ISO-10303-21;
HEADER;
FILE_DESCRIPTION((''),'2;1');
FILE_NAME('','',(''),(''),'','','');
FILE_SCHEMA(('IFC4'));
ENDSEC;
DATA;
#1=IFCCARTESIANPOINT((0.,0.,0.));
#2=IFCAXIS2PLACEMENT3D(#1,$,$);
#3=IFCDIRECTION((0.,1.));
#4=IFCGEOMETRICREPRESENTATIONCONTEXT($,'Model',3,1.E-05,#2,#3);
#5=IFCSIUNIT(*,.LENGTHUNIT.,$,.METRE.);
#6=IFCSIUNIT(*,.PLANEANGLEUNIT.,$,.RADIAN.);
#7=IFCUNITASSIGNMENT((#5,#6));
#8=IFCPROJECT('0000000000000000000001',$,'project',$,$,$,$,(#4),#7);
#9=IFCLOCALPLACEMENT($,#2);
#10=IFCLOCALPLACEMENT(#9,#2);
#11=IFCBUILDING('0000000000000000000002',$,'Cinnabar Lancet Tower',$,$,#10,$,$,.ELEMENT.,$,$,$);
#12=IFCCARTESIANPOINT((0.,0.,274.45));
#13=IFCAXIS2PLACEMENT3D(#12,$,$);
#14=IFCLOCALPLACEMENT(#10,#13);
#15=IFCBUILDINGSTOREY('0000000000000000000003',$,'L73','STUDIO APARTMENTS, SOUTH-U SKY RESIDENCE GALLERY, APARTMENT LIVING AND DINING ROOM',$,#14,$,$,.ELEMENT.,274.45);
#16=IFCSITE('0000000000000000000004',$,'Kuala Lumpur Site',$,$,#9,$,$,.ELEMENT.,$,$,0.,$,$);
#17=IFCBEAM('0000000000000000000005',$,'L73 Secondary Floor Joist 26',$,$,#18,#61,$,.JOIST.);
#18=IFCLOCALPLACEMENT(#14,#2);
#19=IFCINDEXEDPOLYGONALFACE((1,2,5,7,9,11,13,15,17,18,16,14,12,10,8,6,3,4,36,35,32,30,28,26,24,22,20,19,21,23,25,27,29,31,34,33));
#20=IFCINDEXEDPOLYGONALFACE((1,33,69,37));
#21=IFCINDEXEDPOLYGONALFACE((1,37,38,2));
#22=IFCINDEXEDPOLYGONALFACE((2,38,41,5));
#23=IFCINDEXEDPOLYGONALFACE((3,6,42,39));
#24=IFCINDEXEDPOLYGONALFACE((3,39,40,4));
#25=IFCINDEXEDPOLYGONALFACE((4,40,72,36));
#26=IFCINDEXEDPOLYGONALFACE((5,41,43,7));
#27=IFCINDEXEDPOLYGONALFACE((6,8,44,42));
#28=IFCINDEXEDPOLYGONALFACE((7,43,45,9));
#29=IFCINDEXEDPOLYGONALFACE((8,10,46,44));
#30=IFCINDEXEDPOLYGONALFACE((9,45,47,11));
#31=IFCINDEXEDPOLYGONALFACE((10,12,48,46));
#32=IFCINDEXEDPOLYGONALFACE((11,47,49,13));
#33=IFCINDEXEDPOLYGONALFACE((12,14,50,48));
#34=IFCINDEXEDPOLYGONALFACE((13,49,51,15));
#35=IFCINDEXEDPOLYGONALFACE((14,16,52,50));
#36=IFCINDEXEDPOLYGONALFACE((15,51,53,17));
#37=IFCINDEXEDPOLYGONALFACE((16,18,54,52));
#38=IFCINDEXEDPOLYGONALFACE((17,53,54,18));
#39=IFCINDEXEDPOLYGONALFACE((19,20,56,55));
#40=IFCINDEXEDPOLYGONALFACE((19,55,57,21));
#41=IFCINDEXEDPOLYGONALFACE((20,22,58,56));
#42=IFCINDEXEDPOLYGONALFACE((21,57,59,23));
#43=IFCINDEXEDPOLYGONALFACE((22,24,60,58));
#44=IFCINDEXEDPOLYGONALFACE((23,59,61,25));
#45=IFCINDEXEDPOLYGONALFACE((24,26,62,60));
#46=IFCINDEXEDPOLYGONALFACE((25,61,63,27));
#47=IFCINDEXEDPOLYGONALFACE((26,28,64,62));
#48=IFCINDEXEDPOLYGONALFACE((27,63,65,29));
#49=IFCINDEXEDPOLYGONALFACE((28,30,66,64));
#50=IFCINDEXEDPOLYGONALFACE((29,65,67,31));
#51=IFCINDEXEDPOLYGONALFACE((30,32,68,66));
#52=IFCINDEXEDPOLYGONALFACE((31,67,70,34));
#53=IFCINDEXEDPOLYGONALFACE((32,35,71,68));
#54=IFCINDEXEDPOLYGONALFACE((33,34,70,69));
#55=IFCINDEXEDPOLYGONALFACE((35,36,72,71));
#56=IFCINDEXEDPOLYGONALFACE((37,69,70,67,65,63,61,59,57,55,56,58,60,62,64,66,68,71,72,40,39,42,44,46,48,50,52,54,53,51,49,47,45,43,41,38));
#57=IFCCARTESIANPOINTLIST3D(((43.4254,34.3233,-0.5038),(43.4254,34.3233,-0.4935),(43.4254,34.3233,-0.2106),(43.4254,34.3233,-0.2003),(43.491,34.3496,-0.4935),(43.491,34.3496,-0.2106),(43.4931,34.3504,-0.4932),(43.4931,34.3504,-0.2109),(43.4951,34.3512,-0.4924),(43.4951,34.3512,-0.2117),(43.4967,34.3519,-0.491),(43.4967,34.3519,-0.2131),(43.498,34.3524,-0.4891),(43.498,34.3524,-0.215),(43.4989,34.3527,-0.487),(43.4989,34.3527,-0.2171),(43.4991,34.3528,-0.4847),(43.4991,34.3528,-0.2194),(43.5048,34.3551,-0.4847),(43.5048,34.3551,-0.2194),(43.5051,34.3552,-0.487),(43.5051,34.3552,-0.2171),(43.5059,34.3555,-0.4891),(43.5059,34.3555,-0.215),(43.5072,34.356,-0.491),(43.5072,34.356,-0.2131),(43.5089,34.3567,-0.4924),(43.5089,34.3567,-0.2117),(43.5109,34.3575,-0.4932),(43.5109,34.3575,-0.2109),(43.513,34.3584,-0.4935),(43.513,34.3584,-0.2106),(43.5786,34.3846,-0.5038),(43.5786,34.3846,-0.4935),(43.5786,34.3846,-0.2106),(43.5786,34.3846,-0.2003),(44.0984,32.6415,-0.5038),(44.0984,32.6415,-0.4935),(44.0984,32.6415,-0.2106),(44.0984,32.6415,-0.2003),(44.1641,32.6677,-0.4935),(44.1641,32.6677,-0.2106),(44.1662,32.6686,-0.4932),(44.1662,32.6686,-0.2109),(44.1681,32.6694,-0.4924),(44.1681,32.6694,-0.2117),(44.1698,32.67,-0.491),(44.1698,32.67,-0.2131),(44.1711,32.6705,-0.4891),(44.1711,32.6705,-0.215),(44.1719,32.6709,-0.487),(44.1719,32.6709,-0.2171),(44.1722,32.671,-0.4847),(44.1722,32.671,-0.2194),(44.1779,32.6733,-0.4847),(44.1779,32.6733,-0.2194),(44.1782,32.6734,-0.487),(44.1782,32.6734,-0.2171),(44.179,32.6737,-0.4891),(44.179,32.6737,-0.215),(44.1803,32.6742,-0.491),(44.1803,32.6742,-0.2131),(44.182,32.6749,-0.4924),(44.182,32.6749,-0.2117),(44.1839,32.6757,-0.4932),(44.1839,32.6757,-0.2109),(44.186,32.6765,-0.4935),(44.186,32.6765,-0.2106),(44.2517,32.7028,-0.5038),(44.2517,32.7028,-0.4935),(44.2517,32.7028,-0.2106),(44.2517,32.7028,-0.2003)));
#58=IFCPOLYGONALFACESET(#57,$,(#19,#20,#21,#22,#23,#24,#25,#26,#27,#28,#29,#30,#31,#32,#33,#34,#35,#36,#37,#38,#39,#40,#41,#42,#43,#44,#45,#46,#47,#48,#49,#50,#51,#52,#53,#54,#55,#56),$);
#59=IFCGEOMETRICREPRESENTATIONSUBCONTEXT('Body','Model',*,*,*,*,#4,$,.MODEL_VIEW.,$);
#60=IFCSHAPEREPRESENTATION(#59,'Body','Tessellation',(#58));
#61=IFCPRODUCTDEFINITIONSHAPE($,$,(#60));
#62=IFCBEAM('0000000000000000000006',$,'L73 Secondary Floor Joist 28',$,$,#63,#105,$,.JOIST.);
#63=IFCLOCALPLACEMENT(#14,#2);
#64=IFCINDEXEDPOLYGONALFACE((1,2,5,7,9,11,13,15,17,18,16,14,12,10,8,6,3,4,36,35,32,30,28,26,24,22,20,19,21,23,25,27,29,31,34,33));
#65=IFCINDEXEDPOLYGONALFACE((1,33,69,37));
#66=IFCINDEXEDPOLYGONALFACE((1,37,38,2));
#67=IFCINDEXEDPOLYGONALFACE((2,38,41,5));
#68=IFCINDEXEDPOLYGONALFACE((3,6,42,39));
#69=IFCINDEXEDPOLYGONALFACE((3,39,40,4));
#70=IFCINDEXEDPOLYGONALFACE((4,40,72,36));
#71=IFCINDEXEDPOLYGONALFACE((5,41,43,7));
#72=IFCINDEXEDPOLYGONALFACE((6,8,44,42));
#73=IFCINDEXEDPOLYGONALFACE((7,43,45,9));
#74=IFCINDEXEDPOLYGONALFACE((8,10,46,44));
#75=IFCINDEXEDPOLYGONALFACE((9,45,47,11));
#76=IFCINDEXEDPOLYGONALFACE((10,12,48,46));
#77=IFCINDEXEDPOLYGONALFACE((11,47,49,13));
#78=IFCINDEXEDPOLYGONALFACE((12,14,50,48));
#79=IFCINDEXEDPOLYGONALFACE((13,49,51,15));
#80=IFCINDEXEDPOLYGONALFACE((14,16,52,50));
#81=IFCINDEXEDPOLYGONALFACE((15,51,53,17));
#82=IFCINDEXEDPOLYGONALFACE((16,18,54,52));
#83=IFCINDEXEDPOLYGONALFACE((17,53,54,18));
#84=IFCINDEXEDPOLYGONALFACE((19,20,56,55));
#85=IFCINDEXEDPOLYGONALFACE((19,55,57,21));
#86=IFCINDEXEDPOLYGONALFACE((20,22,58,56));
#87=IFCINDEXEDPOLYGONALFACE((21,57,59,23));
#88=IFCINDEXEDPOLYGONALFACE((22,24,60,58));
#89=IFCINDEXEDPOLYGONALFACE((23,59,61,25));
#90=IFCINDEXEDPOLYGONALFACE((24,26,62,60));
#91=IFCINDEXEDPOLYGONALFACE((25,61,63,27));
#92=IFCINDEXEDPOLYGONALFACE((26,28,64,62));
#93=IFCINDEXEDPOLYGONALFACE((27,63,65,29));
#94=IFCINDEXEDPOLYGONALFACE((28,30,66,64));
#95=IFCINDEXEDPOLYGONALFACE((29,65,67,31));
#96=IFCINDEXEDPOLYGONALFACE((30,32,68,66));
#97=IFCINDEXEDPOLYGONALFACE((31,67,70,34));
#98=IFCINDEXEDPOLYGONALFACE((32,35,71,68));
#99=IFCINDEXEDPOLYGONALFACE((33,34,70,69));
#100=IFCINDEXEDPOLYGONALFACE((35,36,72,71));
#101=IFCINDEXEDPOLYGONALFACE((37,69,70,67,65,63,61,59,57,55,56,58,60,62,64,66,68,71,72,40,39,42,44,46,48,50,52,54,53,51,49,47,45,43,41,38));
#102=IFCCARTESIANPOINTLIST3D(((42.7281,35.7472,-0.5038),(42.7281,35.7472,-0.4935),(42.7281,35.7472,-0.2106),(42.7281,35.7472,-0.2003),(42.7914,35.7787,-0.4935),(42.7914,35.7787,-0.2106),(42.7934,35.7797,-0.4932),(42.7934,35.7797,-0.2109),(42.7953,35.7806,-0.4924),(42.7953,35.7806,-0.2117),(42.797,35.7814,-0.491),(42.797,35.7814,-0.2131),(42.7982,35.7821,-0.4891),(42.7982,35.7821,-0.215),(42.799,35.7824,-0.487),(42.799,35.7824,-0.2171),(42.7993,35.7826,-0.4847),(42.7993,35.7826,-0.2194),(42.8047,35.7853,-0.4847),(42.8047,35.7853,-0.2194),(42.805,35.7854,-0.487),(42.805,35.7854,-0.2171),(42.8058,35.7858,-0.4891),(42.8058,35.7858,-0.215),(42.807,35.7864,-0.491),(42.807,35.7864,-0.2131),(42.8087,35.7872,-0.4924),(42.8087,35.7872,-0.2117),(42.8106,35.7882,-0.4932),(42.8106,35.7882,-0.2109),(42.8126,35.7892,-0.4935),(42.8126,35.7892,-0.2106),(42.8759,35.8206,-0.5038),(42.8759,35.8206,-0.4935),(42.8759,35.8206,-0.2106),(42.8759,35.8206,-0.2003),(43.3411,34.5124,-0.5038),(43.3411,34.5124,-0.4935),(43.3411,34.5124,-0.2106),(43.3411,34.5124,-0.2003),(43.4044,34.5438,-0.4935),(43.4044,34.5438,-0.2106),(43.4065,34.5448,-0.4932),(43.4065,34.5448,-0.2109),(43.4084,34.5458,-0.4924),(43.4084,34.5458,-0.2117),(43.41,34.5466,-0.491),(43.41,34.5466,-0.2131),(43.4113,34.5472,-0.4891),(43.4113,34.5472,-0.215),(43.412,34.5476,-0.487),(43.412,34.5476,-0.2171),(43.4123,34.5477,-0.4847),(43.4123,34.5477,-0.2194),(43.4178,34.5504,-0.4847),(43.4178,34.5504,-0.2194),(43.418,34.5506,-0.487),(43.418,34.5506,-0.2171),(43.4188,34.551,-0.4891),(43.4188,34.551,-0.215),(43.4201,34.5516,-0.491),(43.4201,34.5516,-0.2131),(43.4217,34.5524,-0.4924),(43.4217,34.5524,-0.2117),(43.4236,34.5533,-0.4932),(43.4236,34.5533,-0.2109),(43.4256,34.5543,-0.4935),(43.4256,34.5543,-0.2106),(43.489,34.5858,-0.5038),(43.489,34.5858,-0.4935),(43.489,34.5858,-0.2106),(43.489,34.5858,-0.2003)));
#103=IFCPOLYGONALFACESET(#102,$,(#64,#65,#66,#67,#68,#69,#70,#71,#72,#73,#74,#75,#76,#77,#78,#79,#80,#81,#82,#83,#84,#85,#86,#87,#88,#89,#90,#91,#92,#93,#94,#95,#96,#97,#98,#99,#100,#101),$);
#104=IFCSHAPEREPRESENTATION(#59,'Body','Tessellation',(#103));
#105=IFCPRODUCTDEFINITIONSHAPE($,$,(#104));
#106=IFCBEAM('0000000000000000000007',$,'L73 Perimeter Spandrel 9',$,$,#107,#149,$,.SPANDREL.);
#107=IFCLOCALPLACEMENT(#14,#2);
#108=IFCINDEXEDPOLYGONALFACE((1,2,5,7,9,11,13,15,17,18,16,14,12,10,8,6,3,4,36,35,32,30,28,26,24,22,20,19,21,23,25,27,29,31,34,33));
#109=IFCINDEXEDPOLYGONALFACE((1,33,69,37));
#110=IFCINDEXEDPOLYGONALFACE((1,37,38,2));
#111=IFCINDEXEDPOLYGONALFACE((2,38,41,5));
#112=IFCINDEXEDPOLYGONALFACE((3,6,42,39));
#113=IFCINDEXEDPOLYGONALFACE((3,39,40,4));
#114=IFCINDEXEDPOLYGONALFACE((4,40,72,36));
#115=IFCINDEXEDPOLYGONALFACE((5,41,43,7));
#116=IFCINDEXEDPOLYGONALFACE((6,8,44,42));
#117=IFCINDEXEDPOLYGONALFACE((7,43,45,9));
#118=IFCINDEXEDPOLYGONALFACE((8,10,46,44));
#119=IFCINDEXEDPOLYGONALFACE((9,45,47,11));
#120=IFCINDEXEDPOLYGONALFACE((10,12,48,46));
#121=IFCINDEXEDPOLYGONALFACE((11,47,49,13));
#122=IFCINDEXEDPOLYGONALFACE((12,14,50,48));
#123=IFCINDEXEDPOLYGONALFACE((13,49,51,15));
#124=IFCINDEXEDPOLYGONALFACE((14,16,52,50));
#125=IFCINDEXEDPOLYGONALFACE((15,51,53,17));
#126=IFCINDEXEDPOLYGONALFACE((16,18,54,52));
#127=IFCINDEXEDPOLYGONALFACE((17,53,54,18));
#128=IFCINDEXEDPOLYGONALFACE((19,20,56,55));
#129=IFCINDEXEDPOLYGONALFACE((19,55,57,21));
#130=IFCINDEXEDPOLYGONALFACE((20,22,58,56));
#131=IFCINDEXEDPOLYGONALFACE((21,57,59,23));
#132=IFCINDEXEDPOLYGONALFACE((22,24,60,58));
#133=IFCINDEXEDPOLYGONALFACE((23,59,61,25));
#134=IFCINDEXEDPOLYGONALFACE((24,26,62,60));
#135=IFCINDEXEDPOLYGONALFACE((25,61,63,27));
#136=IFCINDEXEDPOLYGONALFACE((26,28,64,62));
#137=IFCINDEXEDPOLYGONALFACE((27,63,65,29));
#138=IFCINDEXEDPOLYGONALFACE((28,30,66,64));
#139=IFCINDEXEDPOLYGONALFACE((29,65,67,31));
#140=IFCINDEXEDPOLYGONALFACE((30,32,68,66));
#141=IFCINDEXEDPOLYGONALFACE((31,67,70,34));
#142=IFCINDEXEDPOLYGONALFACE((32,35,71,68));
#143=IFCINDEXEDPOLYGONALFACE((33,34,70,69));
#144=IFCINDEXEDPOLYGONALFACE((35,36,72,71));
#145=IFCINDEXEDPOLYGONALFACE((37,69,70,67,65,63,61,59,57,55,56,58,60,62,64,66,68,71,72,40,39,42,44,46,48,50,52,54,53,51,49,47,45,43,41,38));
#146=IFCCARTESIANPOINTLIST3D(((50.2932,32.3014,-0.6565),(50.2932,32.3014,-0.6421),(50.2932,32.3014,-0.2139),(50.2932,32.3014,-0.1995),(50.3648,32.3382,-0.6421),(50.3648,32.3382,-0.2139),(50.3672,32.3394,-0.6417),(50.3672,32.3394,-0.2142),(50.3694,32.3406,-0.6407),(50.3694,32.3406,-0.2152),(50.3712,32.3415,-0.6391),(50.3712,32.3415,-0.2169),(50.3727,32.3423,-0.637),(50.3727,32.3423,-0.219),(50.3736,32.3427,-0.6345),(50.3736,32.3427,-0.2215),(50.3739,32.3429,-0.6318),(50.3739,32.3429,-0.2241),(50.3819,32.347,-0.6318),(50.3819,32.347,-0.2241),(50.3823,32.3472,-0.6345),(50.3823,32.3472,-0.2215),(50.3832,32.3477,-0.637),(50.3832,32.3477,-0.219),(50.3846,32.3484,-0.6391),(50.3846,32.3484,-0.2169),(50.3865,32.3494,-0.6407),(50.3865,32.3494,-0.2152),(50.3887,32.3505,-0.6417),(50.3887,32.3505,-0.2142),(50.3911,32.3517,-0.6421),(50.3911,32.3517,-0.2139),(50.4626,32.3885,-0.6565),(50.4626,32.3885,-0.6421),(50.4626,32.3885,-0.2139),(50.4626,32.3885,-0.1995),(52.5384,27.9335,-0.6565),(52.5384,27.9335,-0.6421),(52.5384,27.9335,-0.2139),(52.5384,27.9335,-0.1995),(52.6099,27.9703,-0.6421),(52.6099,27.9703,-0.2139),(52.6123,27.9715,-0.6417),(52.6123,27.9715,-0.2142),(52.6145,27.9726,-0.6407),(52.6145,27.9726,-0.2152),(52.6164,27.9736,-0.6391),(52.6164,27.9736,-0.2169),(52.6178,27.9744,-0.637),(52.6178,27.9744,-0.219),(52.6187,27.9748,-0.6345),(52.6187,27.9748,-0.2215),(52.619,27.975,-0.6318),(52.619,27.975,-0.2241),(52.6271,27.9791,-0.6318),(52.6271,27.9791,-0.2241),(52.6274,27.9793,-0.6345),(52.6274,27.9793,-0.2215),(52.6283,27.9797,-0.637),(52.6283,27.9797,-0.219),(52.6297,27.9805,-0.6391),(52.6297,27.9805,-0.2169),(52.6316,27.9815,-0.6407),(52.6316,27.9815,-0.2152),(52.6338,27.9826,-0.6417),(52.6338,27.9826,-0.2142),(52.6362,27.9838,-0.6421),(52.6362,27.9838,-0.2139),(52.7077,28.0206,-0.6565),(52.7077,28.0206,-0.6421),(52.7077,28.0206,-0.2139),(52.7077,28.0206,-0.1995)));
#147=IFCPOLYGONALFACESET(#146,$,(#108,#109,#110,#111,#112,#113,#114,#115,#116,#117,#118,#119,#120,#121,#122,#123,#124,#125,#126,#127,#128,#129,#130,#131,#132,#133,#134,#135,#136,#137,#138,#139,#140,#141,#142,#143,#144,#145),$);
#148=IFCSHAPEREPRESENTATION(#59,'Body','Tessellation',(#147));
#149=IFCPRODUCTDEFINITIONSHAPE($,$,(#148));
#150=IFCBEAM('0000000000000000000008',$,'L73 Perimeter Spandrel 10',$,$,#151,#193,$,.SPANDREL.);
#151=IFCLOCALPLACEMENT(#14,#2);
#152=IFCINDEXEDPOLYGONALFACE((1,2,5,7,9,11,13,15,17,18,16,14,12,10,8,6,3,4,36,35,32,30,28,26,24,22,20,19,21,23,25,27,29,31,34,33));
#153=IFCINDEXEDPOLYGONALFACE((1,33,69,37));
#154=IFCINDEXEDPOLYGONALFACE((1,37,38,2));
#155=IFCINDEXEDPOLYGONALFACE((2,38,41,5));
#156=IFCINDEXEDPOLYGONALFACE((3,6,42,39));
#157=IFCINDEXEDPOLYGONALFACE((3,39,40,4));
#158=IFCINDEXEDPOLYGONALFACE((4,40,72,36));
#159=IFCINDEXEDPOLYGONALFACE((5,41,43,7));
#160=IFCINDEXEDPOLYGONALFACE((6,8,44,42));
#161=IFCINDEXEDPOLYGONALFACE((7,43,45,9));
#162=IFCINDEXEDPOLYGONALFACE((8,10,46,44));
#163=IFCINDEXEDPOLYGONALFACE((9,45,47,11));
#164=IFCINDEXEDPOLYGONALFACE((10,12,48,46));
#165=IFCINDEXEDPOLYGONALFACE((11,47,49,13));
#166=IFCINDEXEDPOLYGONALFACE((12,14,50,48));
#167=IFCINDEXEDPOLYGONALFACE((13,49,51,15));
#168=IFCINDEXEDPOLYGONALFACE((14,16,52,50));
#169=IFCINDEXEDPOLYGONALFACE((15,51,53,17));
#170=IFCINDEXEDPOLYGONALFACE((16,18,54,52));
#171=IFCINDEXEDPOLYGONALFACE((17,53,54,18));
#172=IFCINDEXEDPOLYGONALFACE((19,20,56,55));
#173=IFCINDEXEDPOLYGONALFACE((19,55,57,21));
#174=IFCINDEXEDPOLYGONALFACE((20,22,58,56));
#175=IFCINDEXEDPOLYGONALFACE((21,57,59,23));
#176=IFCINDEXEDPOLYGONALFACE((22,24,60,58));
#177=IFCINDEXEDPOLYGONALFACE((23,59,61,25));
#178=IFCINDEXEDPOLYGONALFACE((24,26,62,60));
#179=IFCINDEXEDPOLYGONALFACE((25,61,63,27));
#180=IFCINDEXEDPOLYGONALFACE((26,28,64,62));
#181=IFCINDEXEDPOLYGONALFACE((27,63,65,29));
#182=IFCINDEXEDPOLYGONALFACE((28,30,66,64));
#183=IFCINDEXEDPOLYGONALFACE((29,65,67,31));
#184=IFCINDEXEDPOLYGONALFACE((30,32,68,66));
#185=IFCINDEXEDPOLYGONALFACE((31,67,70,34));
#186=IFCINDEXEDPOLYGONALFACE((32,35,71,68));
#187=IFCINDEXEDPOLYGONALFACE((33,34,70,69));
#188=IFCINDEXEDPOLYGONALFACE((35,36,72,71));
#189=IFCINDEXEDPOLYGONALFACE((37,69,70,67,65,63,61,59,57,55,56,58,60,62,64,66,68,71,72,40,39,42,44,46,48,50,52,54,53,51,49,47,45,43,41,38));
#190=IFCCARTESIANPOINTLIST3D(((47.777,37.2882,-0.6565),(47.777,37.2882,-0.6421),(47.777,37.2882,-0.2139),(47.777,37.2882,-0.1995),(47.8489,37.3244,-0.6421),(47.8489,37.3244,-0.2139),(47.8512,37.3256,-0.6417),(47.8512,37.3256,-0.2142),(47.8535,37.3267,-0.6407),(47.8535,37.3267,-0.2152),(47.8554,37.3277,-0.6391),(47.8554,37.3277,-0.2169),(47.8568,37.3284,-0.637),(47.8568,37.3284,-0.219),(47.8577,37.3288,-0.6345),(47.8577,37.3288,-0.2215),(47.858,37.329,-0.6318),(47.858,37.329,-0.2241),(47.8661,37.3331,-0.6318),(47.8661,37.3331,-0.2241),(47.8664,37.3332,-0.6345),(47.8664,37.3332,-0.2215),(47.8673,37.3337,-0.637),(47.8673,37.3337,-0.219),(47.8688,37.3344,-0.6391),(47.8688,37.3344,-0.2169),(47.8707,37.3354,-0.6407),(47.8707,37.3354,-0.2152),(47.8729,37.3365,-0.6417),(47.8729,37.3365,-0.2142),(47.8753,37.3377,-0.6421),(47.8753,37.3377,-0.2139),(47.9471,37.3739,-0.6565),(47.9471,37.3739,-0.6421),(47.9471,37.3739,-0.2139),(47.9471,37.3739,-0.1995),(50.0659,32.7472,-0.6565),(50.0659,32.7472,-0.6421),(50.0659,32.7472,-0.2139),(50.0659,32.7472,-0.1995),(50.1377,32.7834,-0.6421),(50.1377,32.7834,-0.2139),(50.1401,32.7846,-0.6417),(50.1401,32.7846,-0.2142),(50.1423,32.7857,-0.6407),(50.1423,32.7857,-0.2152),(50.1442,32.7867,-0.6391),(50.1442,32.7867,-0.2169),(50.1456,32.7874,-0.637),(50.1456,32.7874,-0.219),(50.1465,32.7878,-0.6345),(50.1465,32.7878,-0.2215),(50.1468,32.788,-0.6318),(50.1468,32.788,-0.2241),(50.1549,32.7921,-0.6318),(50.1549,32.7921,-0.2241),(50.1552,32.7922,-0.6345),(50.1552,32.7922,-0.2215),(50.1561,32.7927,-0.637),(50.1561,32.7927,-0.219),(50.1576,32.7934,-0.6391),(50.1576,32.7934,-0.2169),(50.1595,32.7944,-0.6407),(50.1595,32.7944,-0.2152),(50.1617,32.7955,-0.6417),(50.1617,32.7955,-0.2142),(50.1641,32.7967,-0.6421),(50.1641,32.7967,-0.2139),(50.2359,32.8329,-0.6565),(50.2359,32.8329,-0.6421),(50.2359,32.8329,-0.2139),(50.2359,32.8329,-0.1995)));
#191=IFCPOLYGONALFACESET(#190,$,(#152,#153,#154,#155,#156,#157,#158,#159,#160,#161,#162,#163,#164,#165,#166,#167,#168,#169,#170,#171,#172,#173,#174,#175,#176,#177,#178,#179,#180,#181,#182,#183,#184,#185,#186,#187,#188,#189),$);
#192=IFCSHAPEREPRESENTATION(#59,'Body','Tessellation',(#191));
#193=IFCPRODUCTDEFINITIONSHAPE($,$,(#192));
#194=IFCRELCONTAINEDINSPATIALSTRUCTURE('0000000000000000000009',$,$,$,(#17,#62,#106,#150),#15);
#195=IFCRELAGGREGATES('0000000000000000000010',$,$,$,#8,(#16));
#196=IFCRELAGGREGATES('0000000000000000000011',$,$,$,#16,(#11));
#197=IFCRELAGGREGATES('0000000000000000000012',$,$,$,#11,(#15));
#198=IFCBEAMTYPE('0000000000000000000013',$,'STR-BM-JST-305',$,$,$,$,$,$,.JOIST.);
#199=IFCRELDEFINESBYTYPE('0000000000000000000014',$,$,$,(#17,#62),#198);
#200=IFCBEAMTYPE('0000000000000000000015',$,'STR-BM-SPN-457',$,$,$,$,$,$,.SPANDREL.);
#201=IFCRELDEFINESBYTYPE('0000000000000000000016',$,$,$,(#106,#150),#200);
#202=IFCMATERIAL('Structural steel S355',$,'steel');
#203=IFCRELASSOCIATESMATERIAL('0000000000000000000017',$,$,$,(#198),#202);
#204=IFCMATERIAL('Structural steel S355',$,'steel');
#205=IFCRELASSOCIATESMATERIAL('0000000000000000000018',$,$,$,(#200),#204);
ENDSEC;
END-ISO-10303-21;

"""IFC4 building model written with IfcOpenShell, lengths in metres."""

from ifc_helpers import new_model, si_unit, direction, frame, origin, origin_2d, place, context, subcontext, project, spatial, i_section, extrude, material, material_profile, profile_set, type_object, element, save


model = new_model("IFC4")

# Units and contexts
model_context = context("Model", 3, precision=1e-05, world=origin(), true_north=direction((0.0, 1.0)))
body_context = subcontext(model_context, "Body", "Model", "MODEL_VIEW")
ifc_project = project(units=[si_unit("LENGTHUNIT", "METRE"), si_unit("PLANEANGLEUNIT", "RADIAN")], contexts=[model_context])

# Site, building, storey
site_placement = place(None, origin())
site = spatial("IfcSite", under=ifc_project, at=site_placement, Name="Kuala Lumpur Site", CompositionType="ELEMENT", RefElevation=0.0)
building_placement = place(site_placement, origin())
building = spatial("IfcBuilding", under=site, at=building_placement, Name="Cinnabar Lancet Tower", CompositionType="ELEMENT")
storey_placement = place(building_placement, frame((0.0, 0.0, 274.45)))
storey = spatial("IfcBuildingStorey", under=building, at=storey_placement, Name="L73", Description="STUDIO APARTMENTS, SOUTH-U SKY RESIDENCE GALLERY, APARTMENT LIVING AND DINING ROOM", CompositionType="ELEMENT", Elevation=274.45)

# Beams
ifc_material_1 = material(Name="Structural steel S355", Category="steel")
ifc_material_profile_1 = material_profile(ifc_material_1, i_section(OverallWidth=0.165, OverallDepth=0.3035, WebThickness=0.0061, FlangeThickness=0.0103, FilletRadius=0.0088, at=origin_2d()), Name="UKB 305x165x40")
ifc_profile_set_1 = profile_set([ifc_material_profile_1], Name="Structural steel S355")
beam_type_1 = type_object("IfcBeamType", Name="STR-BM-JST-305", PredefinedType="JOIST", material=ifc_profile_set_1)
beam_1_placement = place(storey_placement, frame((44.175, 32.6721, -0.3521), z_axis=(-0.371553, 0.928412, 0.0), x_axis=(-0.928412, -0.371553, 0.0)))
element("IfcBeam", 1, at=beam_1_placement, inside=storey, type_object=beam_type_1, Name="L73 Secondary Floor Joist 26", PredefinedType="JOIST", context=body_context, shape_type="SweptSolid", body=[
    extrude(i_section(OverallWidth=0.165, OverallDepth=0.3035, WebThickness=0.0061, FlangeThickness=0.0103, FilletRadius=0.0088, at=origin_2d()), origin(), (0.0, 0.0, 1.0), 1.8115),
])
beam_2_placement = place(storey_placement, frame((43.415, 34.5491, -0.3521), z_axis=(-0.444662, 0.895699, 0.0), x_axis=(-0.895699, -0.444662, 0.0)))
element("IfcBeam", 2, at=beam_2_placement, inside=storey, type_object=beam_type_1, Name="L73 Secondary Floor Joist 28", PredefinedType="JOIST", context=body_context, shape_type="SweptSolid", body=[
    extrude(i_section(OverallWidth=0.165, OverallDepth=0.3035, WebThickness=0.0061, FlangeThickness=0.0103, FilletRadius=0.0088, at=origin_2d()), origin(), (0.0, 0.0, 1.0), 1.3787),
])
ifc_material_2 = material(Name="Structural steel S355", Category="steel")
ifc_material_profile_2 = material_profile(ifc_material_2, i_section(OverallWidth=0.1904, OverallDepth=0.457, WebThickness=0.009, FlangeThickness=0.0144, FilletRadius=0.0103, at=origin_2d()), Name="UKB 457x191x74")
ifc_profile_set_2 = profile_set([ifc_material_profile_2], Name="Structural steel S355")
beam_type_2 = type_object("IfcBeamType", Name="STR-BM-SPN-457", PredefinedType="SPANDREL", material=ifc_profile_set_2)
beam_3_placement = place(storey_placement, frame((52.623, 27.9771, -0.428), z_axis=(-0.457148, 0.889391, 0.0), x_axis=(-0.889391, -0.457148, 0.0)))
element("IfcBeam", 3, at=beam_3_placement, inside=storey, type_object=beam_type_2, Name="L73 Perimeter Spandrel 9", PredefinedType="SPANDREL", context=body_context, shape_type="SweptSolid", body=[
    extrude(i_section(OverallWidth=0.1904, OverallDepth=0.457, WebThickness=0.009, FlangeThickness=0.0144, FilletRadius=0.0103, at=origin_2d()), origin(), (0.0, 0.0, 1.0), 4.9111),
])
beam_4_placement = place(storey_placement, frame((50.1509, 32.79, -0.428), z_axis=(-0.450092, 0.892982, 0.0), x_axis=(-0.892982, -0.450092, 0.0)))
element("IfcBeam", 4, at=beam_4_placement, inside=storey, type_object=beam_type_2, Name="L73 Perimeter Spandrel 10", PredefinedType="SPANDREL", context=body_context, shape_type="SweptSolid", body=[
    extrude(i_section(OverallWidth=0.1904, OverallDepth=0.457, WebThickness=0.009, FlangeThickness=0.0144, FilletRadius=0.0103, at=origin_2d()), origin(), (0.0, 0.0, 1.0), 5.0852),
])

save(model, "model.ifc")
